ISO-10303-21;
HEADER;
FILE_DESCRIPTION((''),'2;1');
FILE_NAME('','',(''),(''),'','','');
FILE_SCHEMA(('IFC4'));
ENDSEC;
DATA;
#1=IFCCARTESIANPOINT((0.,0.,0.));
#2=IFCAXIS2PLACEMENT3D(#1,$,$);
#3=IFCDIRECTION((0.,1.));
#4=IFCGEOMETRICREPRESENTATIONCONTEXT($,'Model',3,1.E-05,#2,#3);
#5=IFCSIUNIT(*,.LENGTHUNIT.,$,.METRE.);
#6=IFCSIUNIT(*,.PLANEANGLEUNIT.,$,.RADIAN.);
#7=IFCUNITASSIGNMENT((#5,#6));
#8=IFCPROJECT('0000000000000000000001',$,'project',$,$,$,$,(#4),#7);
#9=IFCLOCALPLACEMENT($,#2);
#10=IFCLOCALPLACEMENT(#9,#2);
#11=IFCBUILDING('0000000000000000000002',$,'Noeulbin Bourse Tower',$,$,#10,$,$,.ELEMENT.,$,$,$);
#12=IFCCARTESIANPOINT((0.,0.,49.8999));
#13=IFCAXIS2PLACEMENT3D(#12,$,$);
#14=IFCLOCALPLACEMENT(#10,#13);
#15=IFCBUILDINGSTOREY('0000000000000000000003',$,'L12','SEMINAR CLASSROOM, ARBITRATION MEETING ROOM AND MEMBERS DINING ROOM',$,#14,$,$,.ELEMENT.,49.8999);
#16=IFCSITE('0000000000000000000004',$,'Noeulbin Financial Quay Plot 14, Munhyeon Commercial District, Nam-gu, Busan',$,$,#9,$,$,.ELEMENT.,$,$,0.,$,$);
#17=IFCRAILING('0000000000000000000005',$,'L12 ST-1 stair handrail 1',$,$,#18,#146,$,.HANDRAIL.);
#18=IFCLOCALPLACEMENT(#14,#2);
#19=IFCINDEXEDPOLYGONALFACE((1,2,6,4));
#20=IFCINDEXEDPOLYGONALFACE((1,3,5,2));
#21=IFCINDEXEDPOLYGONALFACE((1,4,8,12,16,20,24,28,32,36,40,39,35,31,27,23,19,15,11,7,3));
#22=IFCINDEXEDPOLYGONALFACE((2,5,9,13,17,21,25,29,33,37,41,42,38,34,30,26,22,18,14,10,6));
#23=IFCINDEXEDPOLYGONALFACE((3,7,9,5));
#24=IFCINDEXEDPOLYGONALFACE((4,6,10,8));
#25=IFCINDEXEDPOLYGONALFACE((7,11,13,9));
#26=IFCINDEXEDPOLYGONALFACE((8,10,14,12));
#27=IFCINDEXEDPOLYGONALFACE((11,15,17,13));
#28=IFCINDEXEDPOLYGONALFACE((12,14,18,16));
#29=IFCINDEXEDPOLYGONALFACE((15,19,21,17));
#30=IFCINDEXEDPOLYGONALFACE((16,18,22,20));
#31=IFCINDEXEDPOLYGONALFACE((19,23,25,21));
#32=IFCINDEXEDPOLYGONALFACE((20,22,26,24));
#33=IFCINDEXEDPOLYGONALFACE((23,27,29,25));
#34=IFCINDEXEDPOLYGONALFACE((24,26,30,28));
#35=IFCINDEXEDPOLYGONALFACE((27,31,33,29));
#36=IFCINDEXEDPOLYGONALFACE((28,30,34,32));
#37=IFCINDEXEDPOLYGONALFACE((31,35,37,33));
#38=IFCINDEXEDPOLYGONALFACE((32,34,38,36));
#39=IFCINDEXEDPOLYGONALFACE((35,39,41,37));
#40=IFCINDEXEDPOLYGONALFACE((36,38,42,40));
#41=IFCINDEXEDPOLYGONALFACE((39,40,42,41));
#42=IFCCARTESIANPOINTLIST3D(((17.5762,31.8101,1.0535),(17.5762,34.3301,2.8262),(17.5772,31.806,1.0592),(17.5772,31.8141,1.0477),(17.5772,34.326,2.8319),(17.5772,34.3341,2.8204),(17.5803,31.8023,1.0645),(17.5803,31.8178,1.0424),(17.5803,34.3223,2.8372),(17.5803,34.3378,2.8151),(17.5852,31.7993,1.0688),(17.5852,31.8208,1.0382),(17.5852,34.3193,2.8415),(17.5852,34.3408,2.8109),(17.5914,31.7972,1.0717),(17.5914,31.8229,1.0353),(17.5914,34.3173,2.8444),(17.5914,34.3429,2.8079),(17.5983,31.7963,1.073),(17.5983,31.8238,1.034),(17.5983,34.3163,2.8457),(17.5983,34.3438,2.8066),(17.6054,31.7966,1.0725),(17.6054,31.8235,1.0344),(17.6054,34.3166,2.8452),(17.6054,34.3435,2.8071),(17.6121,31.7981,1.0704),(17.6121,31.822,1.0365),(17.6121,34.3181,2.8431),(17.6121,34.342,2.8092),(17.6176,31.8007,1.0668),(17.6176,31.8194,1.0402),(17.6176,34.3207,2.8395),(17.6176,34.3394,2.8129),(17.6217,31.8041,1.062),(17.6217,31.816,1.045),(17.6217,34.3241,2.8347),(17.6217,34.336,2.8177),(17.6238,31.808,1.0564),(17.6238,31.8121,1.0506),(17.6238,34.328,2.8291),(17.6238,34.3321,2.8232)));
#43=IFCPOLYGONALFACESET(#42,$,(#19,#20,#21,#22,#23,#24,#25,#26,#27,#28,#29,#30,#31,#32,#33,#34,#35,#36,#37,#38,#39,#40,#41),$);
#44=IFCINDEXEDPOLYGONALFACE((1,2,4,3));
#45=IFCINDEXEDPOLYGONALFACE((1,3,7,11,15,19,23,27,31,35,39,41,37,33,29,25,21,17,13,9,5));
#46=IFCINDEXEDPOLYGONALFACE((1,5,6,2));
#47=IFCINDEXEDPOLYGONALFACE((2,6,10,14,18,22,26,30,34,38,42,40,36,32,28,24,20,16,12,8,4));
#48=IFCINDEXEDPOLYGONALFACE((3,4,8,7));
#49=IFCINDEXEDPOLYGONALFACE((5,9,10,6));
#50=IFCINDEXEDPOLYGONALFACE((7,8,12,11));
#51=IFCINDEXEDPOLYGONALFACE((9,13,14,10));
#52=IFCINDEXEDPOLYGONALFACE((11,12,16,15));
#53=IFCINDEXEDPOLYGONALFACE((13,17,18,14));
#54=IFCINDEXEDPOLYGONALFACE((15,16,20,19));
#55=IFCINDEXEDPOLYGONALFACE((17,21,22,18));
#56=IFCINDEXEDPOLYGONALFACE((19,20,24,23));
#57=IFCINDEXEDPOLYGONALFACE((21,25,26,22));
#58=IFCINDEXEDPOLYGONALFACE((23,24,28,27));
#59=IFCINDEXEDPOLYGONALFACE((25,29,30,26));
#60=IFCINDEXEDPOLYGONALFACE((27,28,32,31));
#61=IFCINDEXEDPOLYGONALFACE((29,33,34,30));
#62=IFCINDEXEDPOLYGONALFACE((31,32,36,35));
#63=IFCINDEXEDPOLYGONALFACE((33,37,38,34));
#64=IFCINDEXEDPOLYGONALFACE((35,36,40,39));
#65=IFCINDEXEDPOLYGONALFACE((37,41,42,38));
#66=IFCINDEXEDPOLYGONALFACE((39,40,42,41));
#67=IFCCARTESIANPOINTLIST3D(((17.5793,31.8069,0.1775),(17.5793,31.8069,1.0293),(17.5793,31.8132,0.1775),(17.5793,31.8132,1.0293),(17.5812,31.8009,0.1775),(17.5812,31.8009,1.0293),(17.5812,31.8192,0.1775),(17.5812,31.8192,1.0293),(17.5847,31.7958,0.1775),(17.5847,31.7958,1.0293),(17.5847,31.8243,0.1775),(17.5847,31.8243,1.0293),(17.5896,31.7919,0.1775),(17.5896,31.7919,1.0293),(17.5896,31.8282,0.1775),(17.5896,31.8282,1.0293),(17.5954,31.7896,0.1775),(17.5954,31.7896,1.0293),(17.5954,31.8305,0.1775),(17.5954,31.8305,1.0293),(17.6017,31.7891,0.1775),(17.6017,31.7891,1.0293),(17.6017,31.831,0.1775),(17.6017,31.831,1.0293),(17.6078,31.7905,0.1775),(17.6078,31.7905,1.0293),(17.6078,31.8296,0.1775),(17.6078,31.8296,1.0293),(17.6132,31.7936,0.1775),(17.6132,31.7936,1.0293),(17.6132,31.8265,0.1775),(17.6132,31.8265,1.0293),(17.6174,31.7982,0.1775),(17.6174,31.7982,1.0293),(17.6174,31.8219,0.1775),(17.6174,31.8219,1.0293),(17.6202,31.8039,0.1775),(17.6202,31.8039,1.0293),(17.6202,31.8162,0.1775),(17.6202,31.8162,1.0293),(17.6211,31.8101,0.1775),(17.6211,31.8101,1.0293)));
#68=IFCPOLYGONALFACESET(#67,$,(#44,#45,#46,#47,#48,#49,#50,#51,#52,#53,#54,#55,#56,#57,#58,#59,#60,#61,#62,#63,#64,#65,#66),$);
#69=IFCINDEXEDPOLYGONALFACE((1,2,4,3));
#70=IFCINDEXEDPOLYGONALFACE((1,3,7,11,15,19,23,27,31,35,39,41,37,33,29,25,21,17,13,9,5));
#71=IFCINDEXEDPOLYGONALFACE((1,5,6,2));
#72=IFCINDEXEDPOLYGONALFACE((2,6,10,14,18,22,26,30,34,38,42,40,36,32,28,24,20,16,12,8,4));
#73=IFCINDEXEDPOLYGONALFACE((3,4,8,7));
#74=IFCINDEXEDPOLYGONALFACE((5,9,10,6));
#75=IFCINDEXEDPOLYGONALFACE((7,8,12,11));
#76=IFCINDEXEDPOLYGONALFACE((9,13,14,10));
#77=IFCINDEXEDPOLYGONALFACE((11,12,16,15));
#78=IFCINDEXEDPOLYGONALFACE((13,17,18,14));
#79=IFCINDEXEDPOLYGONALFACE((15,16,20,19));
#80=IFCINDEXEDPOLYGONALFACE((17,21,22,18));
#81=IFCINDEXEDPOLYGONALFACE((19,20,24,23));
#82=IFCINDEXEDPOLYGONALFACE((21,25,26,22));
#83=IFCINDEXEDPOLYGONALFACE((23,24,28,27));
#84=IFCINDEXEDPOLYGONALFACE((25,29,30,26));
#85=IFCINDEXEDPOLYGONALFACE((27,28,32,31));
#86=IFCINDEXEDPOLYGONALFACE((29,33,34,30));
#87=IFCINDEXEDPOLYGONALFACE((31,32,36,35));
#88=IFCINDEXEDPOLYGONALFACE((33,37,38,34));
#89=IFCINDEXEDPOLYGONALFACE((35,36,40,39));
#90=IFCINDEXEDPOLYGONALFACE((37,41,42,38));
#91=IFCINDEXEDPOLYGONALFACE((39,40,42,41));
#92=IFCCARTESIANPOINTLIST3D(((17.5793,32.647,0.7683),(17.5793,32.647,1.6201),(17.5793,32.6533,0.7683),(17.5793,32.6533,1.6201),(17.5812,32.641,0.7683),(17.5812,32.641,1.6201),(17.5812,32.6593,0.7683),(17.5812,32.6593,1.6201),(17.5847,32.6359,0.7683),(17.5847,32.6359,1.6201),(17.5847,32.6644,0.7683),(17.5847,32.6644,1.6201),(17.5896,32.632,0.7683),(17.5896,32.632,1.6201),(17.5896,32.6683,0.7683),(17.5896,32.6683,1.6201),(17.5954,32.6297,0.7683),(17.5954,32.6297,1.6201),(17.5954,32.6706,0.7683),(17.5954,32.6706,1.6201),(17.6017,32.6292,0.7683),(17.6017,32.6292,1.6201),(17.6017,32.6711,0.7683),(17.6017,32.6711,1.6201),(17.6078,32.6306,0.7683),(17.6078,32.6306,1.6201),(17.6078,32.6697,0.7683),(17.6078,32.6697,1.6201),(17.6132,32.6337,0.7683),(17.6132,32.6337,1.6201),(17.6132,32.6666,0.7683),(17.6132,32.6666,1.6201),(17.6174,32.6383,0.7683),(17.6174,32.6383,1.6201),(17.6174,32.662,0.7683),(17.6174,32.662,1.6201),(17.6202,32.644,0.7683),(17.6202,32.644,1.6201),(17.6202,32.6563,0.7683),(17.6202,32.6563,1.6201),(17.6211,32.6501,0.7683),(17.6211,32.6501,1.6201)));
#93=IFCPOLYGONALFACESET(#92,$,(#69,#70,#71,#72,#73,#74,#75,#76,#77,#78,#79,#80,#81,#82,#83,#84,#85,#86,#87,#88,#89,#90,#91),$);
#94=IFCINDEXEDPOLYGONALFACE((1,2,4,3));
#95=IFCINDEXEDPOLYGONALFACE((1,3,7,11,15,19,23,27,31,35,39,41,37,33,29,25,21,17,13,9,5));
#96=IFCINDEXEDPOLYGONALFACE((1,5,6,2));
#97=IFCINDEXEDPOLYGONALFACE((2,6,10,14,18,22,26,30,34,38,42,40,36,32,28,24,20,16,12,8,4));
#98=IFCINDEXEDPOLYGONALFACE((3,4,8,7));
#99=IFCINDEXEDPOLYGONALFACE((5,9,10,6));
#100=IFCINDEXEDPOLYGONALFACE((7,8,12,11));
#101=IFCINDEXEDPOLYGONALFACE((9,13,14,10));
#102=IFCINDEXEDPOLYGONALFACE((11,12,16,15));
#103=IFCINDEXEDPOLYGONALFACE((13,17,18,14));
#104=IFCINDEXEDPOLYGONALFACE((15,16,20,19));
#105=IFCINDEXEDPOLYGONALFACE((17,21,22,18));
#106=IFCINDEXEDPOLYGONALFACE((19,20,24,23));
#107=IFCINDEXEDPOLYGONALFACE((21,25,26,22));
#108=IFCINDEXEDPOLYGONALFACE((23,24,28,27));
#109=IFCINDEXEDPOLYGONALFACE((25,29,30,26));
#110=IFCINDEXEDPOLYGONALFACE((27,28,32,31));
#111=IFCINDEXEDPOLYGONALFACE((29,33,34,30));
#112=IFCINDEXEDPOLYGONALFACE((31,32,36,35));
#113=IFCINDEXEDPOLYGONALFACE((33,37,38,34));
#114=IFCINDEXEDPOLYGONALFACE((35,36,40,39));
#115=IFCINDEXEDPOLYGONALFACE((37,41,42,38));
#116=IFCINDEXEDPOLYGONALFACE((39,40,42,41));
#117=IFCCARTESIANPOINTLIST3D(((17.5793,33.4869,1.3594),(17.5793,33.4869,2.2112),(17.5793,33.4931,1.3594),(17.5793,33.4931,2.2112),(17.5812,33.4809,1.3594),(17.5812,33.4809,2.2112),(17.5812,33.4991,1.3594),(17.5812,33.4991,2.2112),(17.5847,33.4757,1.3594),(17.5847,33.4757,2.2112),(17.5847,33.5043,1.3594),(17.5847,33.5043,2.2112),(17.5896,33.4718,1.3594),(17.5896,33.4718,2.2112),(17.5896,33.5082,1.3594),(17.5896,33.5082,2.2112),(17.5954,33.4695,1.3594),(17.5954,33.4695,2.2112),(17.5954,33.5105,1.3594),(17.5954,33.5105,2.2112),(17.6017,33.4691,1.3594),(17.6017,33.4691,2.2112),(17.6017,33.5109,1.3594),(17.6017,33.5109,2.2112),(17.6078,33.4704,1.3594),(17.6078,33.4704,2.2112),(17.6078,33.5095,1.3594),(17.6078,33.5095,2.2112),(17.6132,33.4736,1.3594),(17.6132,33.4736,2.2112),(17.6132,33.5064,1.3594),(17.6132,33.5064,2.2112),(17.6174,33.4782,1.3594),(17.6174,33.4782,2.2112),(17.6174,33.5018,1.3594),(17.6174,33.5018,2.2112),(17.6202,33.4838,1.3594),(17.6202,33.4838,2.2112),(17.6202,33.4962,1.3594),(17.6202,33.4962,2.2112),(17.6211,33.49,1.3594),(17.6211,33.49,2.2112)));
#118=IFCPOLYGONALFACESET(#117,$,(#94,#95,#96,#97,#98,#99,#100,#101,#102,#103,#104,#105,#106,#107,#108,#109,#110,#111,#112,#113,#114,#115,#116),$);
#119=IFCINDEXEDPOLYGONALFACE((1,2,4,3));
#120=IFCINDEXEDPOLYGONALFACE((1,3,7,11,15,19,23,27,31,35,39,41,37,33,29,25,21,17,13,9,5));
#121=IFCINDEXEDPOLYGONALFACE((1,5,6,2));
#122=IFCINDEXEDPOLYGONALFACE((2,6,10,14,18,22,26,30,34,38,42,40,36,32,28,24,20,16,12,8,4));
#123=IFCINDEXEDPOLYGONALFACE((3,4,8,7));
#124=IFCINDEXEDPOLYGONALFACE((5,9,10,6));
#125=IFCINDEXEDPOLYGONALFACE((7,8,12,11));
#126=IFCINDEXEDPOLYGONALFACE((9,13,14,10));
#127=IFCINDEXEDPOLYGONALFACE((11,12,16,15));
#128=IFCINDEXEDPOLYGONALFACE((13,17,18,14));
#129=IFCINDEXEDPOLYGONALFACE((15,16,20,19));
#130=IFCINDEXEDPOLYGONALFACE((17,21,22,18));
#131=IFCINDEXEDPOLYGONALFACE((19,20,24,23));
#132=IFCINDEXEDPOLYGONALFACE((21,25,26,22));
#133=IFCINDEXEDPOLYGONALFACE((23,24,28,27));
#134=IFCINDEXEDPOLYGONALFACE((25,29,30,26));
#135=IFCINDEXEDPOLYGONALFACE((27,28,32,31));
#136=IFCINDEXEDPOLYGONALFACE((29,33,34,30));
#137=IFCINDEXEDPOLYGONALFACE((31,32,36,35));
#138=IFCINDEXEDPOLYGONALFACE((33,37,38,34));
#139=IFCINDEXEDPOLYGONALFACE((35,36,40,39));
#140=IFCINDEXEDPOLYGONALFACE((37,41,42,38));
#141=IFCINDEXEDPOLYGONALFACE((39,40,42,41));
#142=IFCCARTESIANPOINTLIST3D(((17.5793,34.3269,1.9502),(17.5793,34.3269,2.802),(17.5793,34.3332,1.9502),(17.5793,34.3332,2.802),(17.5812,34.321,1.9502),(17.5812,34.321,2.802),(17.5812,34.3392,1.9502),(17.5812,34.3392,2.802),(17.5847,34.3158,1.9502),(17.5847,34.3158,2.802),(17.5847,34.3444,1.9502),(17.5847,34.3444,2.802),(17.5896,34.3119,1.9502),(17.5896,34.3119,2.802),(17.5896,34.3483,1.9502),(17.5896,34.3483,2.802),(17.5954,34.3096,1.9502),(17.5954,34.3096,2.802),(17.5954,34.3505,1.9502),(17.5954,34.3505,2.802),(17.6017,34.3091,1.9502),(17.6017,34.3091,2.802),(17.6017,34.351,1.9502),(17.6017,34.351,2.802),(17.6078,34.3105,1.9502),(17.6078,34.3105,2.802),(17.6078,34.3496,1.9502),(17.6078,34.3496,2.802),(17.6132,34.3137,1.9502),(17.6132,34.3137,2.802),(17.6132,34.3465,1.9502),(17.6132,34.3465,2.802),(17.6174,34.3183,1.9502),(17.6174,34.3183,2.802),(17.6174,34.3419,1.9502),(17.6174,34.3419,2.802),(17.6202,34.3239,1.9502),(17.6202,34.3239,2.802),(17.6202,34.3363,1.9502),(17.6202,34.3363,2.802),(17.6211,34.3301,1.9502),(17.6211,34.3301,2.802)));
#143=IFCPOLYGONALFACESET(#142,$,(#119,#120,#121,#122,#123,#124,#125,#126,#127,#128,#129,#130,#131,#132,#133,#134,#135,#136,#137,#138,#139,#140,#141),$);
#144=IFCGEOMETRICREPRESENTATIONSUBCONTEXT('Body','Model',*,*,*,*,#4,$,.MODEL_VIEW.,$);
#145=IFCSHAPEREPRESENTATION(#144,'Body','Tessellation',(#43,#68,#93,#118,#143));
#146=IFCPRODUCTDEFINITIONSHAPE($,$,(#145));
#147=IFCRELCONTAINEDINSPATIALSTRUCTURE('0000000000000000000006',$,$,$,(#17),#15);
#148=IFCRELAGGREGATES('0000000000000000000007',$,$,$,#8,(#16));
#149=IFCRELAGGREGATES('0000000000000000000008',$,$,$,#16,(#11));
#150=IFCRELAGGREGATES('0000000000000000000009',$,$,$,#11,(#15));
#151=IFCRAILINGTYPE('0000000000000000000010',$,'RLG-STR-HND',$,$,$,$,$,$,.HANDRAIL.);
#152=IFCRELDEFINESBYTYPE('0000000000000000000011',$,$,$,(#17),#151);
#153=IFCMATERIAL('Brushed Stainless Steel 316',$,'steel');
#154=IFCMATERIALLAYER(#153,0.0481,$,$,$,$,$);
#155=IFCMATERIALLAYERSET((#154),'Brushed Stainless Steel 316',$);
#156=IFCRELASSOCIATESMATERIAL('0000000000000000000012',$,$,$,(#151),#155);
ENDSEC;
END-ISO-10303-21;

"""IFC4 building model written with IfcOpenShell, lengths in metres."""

from ifc_helpers import new_model, si_unit, direction, frame, origin, origin_2d, place, context, subcontext, project, spatial, circle, extrude, material, layer, layer_set, type_object, element, save


model = new_model("IFC4")

# Units and contexts
model_context = context("Model", 3, precision=1e-05, world=origin(), true_north=direction((0.0, 1.0)))
body_context = subcontext(model_context, "Body", "Model", "MODEL_VIEW")
ifc_project = project(units=[si_unit("LENGTHUNIT", "METRE"), si_unit("PLANEANGLEUNIT", "RADIAN")], contexts=[model_context])

# Site, building, storey
site_placement = place(None, origin())
site = spatial("IfcSite", under=ifc_project, at=site_placement, Name="Noeulbin Financial Quay Plot 14, Munhyeon Commercial District, Nam-gu, Busan", CompositionType="ELEMENT", RefElevation=0.0)
building_placement = place(site_placement, origin())
building = spatial("IfcBuilding", under=site, at=building_placement, Name="Noeulbin Bourse Tower", CompositionType="ELEMENT")
storey_placement = place(building_placement, frame((0.0, 0.0, 49.8999)))
storey = spatial("IfcBuildingStorey", under=building, at=storey_placement, Name="L12", Description="SEMINAR CLASSROOM, ARBITRATION MEETING ROOM AND MEMBERS DINING ROOM", CompositionType="ELEMENT", Elevation=49.8999)

# Shared definitions
ifc_material_1 = material(Name="Brushed Stainless Steel 316", Category="steel")

# Railing
ifc_layer_1 = layer(ifc_material_1, 0.0481)
ifc_layer_set_1 = layer_set([ifc_layer_1], Name="Brushed Stainless Steel 316")
railing_type_1 = type_object("IfcRailingType", Name="RLG-STR-HND", PredefinedType="HANDRAIL", material=ifc_layer_set_1)
railing_1_placement = place(storey_placement, frame((17.6001, 31.8101, 0.1775)))
element("IfcRailing", 1, at=railing_1_placement, inside=storey, type_object=railing_type_1, Name="L12 ST-1 stair handrail 1", PredefinedType="HANDRAIL", context=body_context, shape_type="SweptSolid", body=[
    extrude(circle(Radius=0.0239, at=origin_2d()), frame((0.0, 0.0, 0.876), z_axis=(0.0, 0.817904, 0.575354), x_axis=(-1.0, 0.0, 0.0)), (0.0, 0.0, 1.0), 3.0811),
    extrude(circle(Radius=0.021, at=origin_2d()), origin(), (0.0, 0.0, 1.0), 0.8518),
    extrude(circle(Radius=0.021, at=origin_2d()), frame((0.0, 0.8401, 0.5908)), (0.0, 0.0, 1.0), 0.8518),
    extrude(circle(Radius=0.021, at=origin_2d()), frame((0.0, 1.6799, 1.1819)), (0.0, 0.0, 1.0), 0.8518),
    extrude(circle(Radius=0.021, at=origin_2d()), frame((0.0, 2.52, 1.7727)), (0.0, 0.0, 1.0), 0.8518),
])

save(model, "model.ifc")
